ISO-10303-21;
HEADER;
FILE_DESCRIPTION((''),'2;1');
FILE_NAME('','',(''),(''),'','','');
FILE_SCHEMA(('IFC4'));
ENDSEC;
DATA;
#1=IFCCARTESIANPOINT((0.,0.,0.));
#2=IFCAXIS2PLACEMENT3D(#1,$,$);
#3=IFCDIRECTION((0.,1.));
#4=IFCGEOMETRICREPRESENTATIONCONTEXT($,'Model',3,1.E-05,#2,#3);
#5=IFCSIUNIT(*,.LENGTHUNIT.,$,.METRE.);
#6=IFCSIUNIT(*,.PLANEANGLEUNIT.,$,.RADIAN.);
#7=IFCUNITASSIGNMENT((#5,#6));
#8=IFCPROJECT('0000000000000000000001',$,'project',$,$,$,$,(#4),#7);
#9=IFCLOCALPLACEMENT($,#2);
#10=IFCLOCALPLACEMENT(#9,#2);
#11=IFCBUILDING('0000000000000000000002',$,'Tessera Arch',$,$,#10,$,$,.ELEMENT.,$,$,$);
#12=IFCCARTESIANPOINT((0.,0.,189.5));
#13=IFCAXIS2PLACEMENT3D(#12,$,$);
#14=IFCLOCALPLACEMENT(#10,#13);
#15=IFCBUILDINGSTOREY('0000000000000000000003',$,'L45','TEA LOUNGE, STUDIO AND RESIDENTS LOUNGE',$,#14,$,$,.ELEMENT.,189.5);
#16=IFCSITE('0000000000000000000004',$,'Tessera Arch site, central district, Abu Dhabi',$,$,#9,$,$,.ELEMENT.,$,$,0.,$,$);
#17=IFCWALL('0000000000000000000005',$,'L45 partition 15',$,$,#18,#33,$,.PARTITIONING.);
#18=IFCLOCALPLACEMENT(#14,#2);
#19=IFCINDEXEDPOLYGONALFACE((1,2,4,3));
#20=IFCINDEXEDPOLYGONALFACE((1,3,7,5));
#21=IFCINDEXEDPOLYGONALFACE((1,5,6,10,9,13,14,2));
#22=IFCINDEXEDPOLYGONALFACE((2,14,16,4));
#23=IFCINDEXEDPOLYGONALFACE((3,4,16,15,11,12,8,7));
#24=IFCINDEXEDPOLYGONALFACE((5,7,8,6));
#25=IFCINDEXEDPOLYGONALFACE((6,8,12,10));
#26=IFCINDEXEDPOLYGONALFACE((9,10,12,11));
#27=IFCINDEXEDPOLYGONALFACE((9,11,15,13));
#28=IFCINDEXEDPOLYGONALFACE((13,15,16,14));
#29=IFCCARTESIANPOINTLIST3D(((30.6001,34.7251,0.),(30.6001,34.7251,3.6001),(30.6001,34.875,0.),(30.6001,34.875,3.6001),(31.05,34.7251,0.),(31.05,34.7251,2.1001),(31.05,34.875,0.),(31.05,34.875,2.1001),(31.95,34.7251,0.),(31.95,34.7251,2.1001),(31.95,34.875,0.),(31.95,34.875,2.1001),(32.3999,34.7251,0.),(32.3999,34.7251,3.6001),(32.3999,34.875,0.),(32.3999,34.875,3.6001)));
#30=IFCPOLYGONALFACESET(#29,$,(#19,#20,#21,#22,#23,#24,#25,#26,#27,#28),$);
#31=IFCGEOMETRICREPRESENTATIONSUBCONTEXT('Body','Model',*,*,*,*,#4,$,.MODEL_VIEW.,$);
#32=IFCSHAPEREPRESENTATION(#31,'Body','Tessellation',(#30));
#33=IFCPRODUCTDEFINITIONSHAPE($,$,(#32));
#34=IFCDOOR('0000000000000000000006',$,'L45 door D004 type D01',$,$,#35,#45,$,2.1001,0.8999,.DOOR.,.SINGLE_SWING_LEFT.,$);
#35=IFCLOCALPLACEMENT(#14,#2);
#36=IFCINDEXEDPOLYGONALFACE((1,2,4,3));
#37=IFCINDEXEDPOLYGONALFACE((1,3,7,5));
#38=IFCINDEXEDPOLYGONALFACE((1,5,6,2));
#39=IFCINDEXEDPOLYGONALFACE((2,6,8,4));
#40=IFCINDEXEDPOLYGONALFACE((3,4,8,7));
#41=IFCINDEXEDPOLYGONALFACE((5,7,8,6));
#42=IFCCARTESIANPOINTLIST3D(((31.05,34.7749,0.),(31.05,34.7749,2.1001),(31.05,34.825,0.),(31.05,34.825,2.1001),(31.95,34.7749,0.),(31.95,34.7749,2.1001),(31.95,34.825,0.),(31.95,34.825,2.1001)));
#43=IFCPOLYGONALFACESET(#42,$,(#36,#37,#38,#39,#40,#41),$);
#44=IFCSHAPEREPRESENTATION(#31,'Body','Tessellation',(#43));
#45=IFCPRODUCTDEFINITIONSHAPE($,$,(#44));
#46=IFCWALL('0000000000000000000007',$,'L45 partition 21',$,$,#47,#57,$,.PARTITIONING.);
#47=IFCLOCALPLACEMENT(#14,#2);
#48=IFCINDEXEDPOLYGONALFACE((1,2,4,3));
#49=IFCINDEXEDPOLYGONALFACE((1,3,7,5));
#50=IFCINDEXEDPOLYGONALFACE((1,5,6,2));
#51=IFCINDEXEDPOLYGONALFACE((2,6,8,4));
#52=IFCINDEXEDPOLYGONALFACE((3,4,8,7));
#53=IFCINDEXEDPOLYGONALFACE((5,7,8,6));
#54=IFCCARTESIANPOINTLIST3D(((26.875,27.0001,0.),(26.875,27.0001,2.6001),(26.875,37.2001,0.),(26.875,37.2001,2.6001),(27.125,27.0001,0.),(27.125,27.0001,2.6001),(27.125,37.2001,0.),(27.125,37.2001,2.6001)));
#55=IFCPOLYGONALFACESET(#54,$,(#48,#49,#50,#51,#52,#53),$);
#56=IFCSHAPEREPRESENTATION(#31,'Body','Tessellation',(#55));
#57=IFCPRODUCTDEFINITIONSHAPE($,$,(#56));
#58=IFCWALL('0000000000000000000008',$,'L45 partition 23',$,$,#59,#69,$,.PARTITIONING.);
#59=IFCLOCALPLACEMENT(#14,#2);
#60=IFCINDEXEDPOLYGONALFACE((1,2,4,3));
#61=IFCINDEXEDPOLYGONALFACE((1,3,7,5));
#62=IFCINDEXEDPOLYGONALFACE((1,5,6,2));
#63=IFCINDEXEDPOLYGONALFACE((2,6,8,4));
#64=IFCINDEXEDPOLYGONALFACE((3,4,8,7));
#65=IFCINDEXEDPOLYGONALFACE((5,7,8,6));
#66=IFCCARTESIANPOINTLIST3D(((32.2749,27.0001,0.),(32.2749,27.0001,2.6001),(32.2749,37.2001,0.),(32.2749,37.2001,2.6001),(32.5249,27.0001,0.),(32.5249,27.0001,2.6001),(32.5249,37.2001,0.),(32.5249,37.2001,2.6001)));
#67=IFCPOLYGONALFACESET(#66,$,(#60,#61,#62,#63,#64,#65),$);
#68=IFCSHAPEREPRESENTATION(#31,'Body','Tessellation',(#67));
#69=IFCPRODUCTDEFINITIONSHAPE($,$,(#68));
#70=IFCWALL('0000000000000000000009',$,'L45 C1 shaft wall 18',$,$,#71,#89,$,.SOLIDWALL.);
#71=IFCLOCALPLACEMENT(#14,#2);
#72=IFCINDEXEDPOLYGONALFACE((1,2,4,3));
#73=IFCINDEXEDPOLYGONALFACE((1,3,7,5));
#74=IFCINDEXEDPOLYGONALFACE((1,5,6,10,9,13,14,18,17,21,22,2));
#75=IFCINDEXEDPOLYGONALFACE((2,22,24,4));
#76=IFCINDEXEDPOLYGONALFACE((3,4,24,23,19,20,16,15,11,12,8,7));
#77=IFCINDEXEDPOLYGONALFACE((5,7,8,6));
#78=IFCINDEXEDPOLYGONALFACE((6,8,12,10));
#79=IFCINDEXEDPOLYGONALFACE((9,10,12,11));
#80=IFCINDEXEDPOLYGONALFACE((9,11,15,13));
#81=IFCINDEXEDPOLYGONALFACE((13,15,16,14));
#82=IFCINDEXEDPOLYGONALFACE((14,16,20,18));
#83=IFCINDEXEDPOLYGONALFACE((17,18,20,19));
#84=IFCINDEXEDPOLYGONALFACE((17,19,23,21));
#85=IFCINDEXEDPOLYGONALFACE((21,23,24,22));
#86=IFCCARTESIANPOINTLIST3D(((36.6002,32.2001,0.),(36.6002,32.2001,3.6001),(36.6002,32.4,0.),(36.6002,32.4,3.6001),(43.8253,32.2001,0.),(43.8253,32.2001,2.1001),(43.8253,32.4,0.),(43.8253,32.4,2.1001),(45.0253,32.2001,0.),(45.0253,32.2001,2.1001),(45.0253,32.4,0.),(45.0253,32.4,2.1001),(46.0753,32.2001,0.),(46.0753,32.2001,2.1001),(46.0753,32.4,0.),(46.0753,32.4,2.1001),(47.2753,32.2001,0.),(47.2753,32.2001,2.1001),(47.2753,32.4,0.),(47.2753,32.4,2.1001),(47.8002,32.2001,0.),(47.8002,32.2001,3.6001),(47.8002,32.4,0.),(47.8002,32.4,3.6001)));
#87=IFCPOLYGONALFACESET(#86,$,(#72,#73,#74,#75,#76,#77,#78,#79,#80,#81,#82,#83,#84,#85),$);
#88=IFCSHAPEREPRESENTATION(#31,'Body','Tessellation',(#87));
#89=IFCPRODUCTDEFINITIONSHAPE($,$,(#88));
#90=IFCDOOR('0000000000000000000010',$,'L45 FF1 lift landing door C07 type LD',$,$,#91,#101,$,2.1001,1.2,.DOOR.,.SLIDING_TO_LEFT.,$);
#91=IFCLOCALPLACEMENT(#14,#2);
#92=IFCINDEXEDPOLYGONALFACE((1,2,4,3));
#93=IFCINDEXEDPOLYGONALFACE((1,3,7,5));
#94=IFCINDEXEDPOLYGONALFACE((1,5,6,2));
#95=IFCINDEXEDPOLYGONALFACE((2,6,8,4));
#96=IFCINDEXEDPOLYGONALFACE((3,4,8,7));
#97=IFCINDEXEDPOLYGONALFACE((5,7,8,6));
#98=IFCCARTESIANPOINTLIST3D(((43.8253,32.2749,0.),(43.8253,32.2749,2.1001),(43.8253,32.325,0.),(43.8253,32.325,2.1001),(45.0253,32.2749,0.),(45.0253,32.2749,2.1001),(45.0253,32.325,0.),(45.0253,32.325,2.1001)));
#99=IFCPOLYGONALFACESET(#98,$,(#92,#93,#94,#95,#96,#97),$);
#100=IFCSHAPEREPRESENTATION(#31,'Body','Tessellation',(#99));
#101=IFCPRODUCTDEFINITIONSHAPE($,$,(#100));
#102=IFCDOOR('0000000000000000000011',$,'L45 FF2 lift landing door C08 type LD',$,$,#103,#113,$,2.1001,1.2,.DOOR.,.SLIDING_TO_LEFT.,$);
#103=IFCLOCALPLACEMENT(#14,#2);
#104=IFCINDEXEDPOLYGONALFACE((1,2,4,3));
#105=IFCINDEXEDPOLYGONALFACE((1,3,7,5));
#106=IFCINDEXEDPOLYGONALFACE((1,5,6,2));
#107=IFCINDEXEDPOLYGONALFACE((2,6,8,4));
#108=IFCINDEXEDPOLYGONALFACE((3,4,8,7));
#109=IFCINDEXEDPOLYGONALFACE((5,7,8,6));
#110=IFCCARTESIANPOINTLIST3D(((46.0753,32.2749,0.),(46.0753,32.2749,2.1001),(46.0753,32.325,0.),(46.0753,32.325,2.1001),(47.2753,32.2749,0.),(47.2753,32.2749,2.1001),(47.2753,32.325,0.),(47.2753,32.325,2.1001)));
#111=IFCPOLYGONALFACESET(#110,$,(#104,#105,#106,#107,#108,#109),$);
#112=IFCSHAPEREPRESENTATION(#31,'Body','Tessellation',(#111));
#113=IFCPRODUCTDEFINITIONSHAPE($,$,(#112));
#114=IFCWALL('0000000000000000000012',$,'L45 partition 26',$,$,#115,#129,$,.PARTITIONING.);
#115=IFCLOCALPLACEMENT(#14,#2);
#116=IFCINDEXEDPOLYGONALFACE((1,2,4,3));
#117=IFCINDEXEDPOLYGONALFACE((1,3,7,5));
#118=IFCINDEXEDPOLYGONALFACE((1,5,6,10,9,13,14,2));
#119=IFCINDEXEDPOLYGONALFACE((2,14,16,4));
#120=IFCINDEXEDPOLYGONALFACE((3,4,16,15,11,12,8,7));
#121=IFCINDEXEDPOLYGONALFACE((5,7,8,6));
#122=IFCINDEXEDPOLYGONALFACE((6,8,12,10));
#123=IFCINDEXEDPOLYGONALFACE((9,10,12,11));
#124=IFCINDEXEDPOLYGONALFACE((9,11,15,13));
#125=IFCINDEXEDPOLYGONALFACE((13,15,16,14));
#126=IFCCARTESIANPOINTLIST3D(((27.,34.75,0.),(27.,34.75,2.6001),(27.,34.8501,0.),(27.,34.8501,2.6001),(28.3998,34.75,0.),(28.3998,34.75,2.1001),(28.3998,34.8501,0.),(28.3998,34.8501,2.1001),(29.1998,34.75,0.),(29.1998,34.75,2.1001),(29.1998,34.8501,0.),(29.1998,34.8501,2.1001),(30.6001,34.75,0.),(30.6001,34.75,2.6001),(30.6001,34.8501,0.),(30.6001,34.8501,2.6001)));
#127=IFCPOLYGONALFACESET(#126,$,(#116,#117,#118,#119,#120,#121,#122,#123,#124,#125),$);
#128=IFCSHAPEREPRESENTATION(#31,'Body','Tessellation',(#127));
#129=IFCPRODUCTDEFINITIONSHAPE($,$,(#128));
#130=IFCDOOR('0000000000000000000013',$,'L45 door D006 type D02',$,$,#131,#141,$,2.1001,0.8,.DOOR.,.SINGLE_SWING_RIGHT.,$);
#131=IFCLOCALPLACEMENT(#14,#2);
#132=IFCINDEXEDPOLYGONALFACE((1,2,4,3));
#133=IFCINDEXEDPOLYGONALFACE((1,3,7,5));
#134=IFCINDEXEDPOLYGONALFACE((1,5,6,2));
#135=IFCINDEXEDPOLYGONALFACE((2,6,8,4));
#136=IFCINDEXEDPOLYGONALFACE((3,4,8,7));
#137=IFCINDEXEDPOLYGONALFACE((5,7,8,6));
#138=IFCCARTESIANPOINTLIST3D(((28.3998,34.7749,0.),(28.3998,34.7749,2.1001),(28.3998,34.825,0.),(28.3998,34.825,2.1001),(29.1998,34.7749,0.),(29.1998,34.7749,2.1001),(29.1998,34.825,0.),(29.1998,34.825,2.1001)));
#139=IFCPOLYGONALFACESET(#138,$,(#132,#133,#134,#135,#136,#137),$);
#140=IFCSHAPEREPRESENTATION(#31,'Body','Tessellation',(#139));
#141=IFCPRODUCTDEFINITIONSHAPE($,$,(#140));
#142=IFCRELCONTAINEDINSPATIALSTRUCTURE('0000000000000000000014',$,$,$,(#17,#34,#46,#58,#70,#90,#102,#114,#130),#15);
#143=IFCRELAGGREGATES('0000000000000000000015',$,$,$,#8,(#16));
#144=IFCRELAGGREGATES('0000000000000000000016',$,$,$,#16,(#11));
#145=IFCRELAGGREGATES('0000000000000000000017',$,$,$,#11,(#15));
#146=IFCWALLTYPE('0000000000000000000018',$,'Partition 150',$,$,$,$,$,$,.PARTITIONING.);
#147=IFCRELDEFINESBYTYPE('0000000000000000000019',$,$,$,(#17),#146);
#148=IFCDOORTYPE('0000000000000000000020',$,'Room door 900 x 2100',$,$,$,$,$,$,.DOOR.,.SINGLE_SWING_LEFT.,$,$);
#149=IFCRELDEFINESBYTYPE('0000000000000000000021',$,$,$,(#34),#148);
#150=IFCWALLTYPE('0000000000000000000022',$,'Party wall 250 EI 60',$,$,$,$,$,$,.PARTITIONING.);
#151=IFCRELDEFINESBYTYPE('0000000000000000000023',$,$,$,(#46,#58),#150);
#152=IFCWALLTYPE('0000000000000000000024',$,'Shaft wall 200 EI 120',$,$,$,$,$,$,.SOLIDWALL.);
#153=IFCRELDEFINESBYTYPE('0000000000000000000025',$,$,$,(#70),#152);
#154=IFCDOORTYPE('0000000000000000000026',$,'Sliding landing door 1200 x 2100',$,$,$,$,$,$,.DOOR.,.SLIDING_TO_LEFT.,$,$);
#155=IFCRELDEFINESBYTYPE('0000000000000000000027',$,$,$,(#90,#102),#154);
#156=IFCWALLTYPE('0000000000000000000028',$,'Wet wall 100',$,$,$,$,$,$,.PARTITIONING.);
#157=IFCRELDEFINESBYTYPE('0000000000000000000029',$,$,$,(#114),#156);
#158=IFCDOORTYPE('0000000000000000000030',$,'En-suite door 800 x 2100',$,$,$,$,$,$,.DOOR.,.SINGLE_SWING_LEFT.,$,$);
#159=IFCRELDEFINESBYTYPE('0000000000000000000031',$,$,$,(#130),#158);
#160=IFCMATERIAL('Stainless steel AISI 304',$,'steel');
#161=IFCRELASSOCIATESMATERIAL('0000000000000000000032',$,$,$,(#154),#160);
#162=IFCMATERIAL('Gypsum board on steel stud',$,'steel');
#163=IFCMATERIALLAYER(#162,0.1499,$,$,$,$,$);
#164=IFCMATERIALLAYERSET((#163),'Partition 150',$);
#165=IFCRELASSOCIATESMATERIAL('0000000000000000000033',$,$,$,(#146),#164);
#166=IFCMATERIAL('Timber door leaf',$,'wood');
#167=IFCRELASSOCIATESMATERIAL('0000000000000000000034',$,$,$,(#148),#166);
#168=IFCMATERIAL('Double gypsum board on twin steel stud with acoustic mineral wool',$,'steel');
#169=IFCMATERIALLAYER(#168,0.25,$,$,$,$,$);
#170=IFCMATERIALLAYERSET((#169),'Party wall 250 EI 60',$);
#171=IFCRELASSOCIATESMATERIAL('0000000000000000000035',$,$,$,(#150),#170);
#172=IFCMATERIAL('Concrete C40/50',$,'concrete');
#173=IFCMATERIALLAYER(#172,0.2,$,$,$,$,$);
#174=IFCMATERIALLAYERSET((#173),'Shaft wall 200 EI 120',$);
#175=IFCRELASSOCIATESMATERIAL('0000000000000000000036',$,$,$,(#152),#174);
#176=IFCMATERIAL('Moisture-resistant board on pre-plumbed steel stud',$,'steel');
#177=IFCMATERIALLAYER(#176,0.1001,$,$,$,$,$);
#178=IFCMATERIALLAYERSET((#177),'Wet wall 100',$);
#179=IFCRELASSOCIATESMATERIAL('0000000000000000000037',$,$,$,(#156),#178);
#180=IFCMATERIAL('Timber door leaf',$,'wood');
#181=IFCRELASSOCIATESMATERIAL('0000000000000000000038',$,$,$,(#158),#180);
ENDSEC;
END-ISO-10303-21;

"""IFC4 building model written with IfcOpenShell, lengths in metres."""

from ifc_helpers import new_model, si_unit, direction, frame, frame_2d, origin, place, context, subcontext, project, spatial, rectangle, extrude, material, layer, layer_set, type_object, element, fill, save


model = new_model("IFC4")

# Units and contexts
model_context = context("Model", 3, precision=1e-05, world=origin(), true_north=direction((0.0, 1.0)))
body_context = subcontext(model_context, "Body", "Model", "MODEL_VIEW")
ifc_project = project(units=[si_unit("LENGTHUNIT", "METRE"), si_unit("PLANEANGLEUNIT", "RADIAN")], contexts=[model_context])

# Site, building, storey
site_placement = place(None, origin())
site = spatial("IfcSite", under=ifc_project, at=site_placement, Name="Tessera Arch site, central district, Abu Dhabi", CompositionType="ELEMENT", RefElevation=0.0)
building_placement = place(site_placement, origin())
building = spatial("IfcBuilding", under=site, at=building_placement, Name="Tessera Arch", CompositionType="ELEMENT")
storey_placement = place(building_placement, frame((0.0, 0.0, 189.5)))
storey = spatial("IfcBuildingStorey", under=building, at=storey_placement, Name="L45", Description="TEA LOUNGE, STUDIO AND RESIDENTS LOUNGE", CompositionType="ELEMENT", Elevation=189.5)

# Shared definitions
ifc_material_1 = material(Name="Stainless steel AISI 304", Category="steel")
door_type_1 = type_object("IfcDoorType", Name="Sliding landing door 1200 x 2100", OperationType="SLIDING_TO_LEFT", PredefinedType="DOOR", material=ifc_material_1)

# Wall, opening, door
ifc_material_2 = material(Name="Gypsum board on steel stud", Category="steel")
ifc_layer_1 = layer(ifc_material_2, 0.1499)
ifc_layer_set_1 = layer_set([ifc_layer_1], Name="Partition 150")
wall_type_1 = type_object("IfcWallType", Name="Partition 150", PredefinedType="PARTITIONING", material=ifc_layer_set_1)
wall_1_placement = place(storey_placement, frame((30.6001, 34.8, 0.0), z_axis=(0.0, 0.0, 1.0), x_axis=(1.0, 0.0, 0.0)))
wall_1 = element("IfcWall", 1, at=wall_1_placement, inside=storey, type_object=wall_type_1, Name="L45 partition 15", PredefinedType="PARTITIONING", context=body_context, shape_type="SweptSolid", body=[
    extrude(rectangle(XDim=1.7998, YDim=0.1499, at=frame_2d((0.8999, 0.0))), origin(), (0.0, 0.0, 1.0), 3.6001),
])
opening_1_placement = place(wall_1_placement, frame((0.45, 0.0, 0.0)))
opening_1 = element("IfcOpeningElement", 2, at=opening_1_placement, cuts=wall_1, PredefinedType="OPENING", context=body_context, shape_type="SweptSolid", body=[
    extrude(rectangle(XDim=0.8999, YDim=2.1001, at=frame_2d((0.45, 1.05))), frame((0.0, 0.085, 0.0), z_axis=(0.0, -1.0, 0.0), x_axis=(1.0, 0.0, 0.0)), (0.0, 0.0, 1.0), 0.1699),
])
ifc_material_3 = material(Name="Timber door leaf", Category="wood")
door_type_2 = type_object("IfcDoorType", Name="Room door 900 x 2100", OperationType="SINGLE_SWING_LEFT", PredefinedType="DOOR", material=ifc_material_3)
door_1_placement = place(opening_1_placement, origin())
door_1 = element("IfcDoor", 3, at=door_1_placement, inside=storey, type_object=door_type_2, Name="L45 door D004 type D01", OperationType="SINGLE_SWING_LEFT", OverallHeight=2.1001, OverallWidth=0.8999, PredefinedType="DOOR", context=body_context, shape_type="SweptSolid", body=[
    extrude(rectangle(XDim=0.8999, YDim=2.1001, at=frame_2d((0.45, 1.05))), frame((0.0, 0.0249, 0.0), z_axis=(0.0, -1.0, 0.0), x_axis=(1.0, 0.0, 0.0)), (0.0, 0.0, 1.0), 0.05),
])
fill(opening_1, door_1)

# Walls
ifc_material_4 = material(Name="Double gypsum board on twin steel stud with acoustic mineral wool", Category="steel")
ifc_layer_2 = layer(ifc_material_4, 0.25)
ifc_layer_set_2 = layer_set([ifc_layer_2], Name="Party wall 250 EI 60")
wall_type_2 = type_object("IfcWallType", Name="Party wall 250 EI 60", PredefinedType="PARTITIONING", material=ifc_layer_set_2)
for number, where, z_axis, x_axis, name in (
    (4, (27.0, 27.0, 0.0), (0.0, 0.0, 1.0), (0.0, 1.0, 0.0), "L45 partition 21"),
    (5, (32.3999, 27.0, 0.0), (0.0, 0.0, 1.0), (0.0, 1.0, 0.0), "L45 partition 23"),
):
    element("IfcWall", number, at=place(storey_placement, frame(where, z_axis=z_axis, x_axis=x_axis)), inside=storey, type_object=wall_type_2, Name=name, PredefinedType="PARTITIONING", context=body_context, shape_type="SweptSolid", body=[
        extrude(rectangle(XDim=10.2, YDim=0.25, at=frame_2d((5.1001, 0.0))), origin(), (0.0, 0.0, 1.0), 2.6001),
    ])

# Wall, openings, doors
ifc_material_5 = material(Name="Concrete C40/50", Category="concrete")
ifc_layer_3 = layer(ifc_material_5, 0.2)
ifc_layer_set_3 = layer_set([ifc_layer_3], Name="Shaft wall 200 EI 120")
wall_type_3 = type_object("IfcWallType", Name="Shaft wall 200 EI 120", PredefinedType="SOLIDWALL", material=ifc_layer_set_3)
wall_2_placement = place(storey_placement, frame((36.6001, 32.3, 0.0), z_axis=(0.0, 0.0, 1.0), x_axis=(1.0, 0.0, 0.0)))
wall_2 = element("IfcWall", 6, at=wall_2_placement, inside=storey, type_object=wall_type_3, Name="L45 C1 shaft wall 18", PredefinedType="SOLIDWALL", context=body_context, shape_type="SweptSolid", body=[
    extrude(rectangle(XDim=11.2, YDim=0.2, at=frame_2d((5.6001, 0.0))), origin(), (0.0, 0.0, 1.0), 3.6001),
])
opening_2_placement = place(wall_2_placement, frame((7.2251, 0.0, 0.0)))
opening_2 = element("IfcOpeningElement", 7, at=opening_2_placement, cuts=wall_2, PredefinedType="OPENING", context=body_context, shape_type="SweptSolid", body=[
    extrude(rectangle(XDim=1.2, YDim=2.1001, at=frame_2d((0.6001, 1.05))), frame((0.0, 0.1099, 0.0), z_axis=(0.0, -1.0, 0.0), x_axis=(1.0, 0.0, 0.0)), (0.0, 0.0, 1.0), 0.22),
])
opening_3_placement = place(wall_2_placement, frame((9.4751, 0.0, 0.0)))
opening_3 = element("IfcOpeningElement", 8, at=opening_3_placement, cuts=wall_2, PredefinedType="OPENING", context=body_context, shape_type="SweptSolid", body=[
    extrude(rectangle(XDim=1.2, YDim=2.1001, at=frame_2d((0.6001, 1.05))), frame((0.0, 0.1099, 0.0), z_axis=(0.0, -1.0, 0.0), x_axis=(1.0, 0.0, 0.0)), (0.0, 0.0, 1.0), 0.22),
])
door_2_placement = place(opening_2_placement, origin())
door_2 = element("IfcDoor", 9, at=door_2_placement, inside=storey, type_object=door_type_1, Name="L45 FF1 lift landing door C07 type LD", OperationType="SLIDING_TO_LEFT", OverallHeight=2.1001, OverallWidth=1.2, PredefinedType="DOOR", context=body_context, shape_type="SweptSolid", body=[
    extrude(rectangle(XDim=1.2, YDim=2.1001, at=frame_2d((0.6001, 1.05))), frame((0.0, 0.0249, 0.0), z_axis=(0.0, -1.0, 0.0), x_axis=(1.0, 0.0, 0.0)), (0.0, 0.0, 1.0), 0.05),
])
fill(opening_2, door_2)
door_3_placement = place(opening_3_placement, origin())
door_3 = element("IfcDoor", 10, at=door_3_placement, inside=storey, type_object=door_type_1, Name="L45 FF2 lift landing door C08 type LD", OperationType="SLIDING_TO_LEFT", OverallHeight=2.1001, OverallWidth=1.2, PredefinedType="DOOR", context=body_context, shape_type="SweptSolid", body=[
    extrude(rectangle(XDim=1.2, YDim=2.1001, at=frame_2d((0.6001, 1.05))), frame((0.0, 0.0249, 0.0), z_axis=(0.0, -1.0, 0.0), x_axis=(1.0, 0.0, 0.0)), (0.0, 0.0, 1.0), 0.05),
])
fill(opening_3, door_3)

# Wall, opening, door
ifc_material_6 = material(Name="Moisture-resistant board on pre-plumbed steel stud", Category="steel")
ifc_layer_4 = layer(ifc_material_6, 0.1001)
ifc_layer_set_4 = layer_set([ifc_layer_4], Name="Wet wall 100")
wall_type_4 = type_object("IfcWallType", Name="Wet wall 100", PredefinedType="PARTITIONING", material=ifc_layer_set_4)
wall_3_placement = place(storey_placement, frame((27.0, 34.8, 0.0), z_axis=(0.0, 0.0, 1.0), x_axis=(1.0, 0.0, 0.0)))
wall_3 = element("IfcWall", 11, at=wall_3_placement, inside=storey, type_object=wall_type_4, Name="L45 partition 26", PredefinedType="PARTITIONING", context=body_context, shape_type="SweptSolid", body=[
    extrude(rectangle(XDim=3.6001, YDim=0.1001, at=frame_2d((1.8, 0.0))), origin(), (0.0, 0.0, 1.0), 2.6001),
])
opening_4_placement = place(wall_3_placement, frame((1.3999, 0.0, 0.0)))
opening_4 = element("IfcOpeningElement", 12, at=opening_4_placement, cuts=wall_3, PredefinedType="OPENING", context=body_context, shape_type="SweptSolid", body=[
    extrude(rectangle(XDim=0.8, YDim=2.1001, at=frame_2d((0.3999, 1.05))), frame((0.0, 0.0601, 0.0), z_axis=(0.0, -1.0, 0.0), x_axis=(1.0, 0.0, 0.0)), (0.0, 0.0, 1.0), 0.1201),
])
ifc_material_7 = material(Name="Timber door leaf", Category="wood")
door_type_3 = type_object("IfcDoorType", Name="En-suite door 800 x 2100", OperationType="SINGLE_SWING_LEFT", PredefinedType="DOOR", material=ifc_material_7)
door_4_placement = place(opening_4_placement, origin())
door_4 = element("IfcDoor", 13, at=door_4_placement, inside=storey, type_object=door_type_3, Name="L45 door D006 type D02", OperationType="SINGLE_SWING_RIGHT", OverallHeight=2.1001, OverallWidth=0.8, PredefinedType="DOOR", context=body_context, shape_type="SweptSolid", body=[
    extrude(rectangle(XDim=0.8, YDim=2.1001, at=frame_2d((0.3999, 1.05))), frame((0.0, 0.0249, 0.0), z_axis=(0.0, -1.0, 0.0), x_axis=(1.0, 0.0, 0.0)), (0.0, 0.0, 1.0), 0.05),
])
fill(opening_4, door_4)

save(model, "model.ifc")
